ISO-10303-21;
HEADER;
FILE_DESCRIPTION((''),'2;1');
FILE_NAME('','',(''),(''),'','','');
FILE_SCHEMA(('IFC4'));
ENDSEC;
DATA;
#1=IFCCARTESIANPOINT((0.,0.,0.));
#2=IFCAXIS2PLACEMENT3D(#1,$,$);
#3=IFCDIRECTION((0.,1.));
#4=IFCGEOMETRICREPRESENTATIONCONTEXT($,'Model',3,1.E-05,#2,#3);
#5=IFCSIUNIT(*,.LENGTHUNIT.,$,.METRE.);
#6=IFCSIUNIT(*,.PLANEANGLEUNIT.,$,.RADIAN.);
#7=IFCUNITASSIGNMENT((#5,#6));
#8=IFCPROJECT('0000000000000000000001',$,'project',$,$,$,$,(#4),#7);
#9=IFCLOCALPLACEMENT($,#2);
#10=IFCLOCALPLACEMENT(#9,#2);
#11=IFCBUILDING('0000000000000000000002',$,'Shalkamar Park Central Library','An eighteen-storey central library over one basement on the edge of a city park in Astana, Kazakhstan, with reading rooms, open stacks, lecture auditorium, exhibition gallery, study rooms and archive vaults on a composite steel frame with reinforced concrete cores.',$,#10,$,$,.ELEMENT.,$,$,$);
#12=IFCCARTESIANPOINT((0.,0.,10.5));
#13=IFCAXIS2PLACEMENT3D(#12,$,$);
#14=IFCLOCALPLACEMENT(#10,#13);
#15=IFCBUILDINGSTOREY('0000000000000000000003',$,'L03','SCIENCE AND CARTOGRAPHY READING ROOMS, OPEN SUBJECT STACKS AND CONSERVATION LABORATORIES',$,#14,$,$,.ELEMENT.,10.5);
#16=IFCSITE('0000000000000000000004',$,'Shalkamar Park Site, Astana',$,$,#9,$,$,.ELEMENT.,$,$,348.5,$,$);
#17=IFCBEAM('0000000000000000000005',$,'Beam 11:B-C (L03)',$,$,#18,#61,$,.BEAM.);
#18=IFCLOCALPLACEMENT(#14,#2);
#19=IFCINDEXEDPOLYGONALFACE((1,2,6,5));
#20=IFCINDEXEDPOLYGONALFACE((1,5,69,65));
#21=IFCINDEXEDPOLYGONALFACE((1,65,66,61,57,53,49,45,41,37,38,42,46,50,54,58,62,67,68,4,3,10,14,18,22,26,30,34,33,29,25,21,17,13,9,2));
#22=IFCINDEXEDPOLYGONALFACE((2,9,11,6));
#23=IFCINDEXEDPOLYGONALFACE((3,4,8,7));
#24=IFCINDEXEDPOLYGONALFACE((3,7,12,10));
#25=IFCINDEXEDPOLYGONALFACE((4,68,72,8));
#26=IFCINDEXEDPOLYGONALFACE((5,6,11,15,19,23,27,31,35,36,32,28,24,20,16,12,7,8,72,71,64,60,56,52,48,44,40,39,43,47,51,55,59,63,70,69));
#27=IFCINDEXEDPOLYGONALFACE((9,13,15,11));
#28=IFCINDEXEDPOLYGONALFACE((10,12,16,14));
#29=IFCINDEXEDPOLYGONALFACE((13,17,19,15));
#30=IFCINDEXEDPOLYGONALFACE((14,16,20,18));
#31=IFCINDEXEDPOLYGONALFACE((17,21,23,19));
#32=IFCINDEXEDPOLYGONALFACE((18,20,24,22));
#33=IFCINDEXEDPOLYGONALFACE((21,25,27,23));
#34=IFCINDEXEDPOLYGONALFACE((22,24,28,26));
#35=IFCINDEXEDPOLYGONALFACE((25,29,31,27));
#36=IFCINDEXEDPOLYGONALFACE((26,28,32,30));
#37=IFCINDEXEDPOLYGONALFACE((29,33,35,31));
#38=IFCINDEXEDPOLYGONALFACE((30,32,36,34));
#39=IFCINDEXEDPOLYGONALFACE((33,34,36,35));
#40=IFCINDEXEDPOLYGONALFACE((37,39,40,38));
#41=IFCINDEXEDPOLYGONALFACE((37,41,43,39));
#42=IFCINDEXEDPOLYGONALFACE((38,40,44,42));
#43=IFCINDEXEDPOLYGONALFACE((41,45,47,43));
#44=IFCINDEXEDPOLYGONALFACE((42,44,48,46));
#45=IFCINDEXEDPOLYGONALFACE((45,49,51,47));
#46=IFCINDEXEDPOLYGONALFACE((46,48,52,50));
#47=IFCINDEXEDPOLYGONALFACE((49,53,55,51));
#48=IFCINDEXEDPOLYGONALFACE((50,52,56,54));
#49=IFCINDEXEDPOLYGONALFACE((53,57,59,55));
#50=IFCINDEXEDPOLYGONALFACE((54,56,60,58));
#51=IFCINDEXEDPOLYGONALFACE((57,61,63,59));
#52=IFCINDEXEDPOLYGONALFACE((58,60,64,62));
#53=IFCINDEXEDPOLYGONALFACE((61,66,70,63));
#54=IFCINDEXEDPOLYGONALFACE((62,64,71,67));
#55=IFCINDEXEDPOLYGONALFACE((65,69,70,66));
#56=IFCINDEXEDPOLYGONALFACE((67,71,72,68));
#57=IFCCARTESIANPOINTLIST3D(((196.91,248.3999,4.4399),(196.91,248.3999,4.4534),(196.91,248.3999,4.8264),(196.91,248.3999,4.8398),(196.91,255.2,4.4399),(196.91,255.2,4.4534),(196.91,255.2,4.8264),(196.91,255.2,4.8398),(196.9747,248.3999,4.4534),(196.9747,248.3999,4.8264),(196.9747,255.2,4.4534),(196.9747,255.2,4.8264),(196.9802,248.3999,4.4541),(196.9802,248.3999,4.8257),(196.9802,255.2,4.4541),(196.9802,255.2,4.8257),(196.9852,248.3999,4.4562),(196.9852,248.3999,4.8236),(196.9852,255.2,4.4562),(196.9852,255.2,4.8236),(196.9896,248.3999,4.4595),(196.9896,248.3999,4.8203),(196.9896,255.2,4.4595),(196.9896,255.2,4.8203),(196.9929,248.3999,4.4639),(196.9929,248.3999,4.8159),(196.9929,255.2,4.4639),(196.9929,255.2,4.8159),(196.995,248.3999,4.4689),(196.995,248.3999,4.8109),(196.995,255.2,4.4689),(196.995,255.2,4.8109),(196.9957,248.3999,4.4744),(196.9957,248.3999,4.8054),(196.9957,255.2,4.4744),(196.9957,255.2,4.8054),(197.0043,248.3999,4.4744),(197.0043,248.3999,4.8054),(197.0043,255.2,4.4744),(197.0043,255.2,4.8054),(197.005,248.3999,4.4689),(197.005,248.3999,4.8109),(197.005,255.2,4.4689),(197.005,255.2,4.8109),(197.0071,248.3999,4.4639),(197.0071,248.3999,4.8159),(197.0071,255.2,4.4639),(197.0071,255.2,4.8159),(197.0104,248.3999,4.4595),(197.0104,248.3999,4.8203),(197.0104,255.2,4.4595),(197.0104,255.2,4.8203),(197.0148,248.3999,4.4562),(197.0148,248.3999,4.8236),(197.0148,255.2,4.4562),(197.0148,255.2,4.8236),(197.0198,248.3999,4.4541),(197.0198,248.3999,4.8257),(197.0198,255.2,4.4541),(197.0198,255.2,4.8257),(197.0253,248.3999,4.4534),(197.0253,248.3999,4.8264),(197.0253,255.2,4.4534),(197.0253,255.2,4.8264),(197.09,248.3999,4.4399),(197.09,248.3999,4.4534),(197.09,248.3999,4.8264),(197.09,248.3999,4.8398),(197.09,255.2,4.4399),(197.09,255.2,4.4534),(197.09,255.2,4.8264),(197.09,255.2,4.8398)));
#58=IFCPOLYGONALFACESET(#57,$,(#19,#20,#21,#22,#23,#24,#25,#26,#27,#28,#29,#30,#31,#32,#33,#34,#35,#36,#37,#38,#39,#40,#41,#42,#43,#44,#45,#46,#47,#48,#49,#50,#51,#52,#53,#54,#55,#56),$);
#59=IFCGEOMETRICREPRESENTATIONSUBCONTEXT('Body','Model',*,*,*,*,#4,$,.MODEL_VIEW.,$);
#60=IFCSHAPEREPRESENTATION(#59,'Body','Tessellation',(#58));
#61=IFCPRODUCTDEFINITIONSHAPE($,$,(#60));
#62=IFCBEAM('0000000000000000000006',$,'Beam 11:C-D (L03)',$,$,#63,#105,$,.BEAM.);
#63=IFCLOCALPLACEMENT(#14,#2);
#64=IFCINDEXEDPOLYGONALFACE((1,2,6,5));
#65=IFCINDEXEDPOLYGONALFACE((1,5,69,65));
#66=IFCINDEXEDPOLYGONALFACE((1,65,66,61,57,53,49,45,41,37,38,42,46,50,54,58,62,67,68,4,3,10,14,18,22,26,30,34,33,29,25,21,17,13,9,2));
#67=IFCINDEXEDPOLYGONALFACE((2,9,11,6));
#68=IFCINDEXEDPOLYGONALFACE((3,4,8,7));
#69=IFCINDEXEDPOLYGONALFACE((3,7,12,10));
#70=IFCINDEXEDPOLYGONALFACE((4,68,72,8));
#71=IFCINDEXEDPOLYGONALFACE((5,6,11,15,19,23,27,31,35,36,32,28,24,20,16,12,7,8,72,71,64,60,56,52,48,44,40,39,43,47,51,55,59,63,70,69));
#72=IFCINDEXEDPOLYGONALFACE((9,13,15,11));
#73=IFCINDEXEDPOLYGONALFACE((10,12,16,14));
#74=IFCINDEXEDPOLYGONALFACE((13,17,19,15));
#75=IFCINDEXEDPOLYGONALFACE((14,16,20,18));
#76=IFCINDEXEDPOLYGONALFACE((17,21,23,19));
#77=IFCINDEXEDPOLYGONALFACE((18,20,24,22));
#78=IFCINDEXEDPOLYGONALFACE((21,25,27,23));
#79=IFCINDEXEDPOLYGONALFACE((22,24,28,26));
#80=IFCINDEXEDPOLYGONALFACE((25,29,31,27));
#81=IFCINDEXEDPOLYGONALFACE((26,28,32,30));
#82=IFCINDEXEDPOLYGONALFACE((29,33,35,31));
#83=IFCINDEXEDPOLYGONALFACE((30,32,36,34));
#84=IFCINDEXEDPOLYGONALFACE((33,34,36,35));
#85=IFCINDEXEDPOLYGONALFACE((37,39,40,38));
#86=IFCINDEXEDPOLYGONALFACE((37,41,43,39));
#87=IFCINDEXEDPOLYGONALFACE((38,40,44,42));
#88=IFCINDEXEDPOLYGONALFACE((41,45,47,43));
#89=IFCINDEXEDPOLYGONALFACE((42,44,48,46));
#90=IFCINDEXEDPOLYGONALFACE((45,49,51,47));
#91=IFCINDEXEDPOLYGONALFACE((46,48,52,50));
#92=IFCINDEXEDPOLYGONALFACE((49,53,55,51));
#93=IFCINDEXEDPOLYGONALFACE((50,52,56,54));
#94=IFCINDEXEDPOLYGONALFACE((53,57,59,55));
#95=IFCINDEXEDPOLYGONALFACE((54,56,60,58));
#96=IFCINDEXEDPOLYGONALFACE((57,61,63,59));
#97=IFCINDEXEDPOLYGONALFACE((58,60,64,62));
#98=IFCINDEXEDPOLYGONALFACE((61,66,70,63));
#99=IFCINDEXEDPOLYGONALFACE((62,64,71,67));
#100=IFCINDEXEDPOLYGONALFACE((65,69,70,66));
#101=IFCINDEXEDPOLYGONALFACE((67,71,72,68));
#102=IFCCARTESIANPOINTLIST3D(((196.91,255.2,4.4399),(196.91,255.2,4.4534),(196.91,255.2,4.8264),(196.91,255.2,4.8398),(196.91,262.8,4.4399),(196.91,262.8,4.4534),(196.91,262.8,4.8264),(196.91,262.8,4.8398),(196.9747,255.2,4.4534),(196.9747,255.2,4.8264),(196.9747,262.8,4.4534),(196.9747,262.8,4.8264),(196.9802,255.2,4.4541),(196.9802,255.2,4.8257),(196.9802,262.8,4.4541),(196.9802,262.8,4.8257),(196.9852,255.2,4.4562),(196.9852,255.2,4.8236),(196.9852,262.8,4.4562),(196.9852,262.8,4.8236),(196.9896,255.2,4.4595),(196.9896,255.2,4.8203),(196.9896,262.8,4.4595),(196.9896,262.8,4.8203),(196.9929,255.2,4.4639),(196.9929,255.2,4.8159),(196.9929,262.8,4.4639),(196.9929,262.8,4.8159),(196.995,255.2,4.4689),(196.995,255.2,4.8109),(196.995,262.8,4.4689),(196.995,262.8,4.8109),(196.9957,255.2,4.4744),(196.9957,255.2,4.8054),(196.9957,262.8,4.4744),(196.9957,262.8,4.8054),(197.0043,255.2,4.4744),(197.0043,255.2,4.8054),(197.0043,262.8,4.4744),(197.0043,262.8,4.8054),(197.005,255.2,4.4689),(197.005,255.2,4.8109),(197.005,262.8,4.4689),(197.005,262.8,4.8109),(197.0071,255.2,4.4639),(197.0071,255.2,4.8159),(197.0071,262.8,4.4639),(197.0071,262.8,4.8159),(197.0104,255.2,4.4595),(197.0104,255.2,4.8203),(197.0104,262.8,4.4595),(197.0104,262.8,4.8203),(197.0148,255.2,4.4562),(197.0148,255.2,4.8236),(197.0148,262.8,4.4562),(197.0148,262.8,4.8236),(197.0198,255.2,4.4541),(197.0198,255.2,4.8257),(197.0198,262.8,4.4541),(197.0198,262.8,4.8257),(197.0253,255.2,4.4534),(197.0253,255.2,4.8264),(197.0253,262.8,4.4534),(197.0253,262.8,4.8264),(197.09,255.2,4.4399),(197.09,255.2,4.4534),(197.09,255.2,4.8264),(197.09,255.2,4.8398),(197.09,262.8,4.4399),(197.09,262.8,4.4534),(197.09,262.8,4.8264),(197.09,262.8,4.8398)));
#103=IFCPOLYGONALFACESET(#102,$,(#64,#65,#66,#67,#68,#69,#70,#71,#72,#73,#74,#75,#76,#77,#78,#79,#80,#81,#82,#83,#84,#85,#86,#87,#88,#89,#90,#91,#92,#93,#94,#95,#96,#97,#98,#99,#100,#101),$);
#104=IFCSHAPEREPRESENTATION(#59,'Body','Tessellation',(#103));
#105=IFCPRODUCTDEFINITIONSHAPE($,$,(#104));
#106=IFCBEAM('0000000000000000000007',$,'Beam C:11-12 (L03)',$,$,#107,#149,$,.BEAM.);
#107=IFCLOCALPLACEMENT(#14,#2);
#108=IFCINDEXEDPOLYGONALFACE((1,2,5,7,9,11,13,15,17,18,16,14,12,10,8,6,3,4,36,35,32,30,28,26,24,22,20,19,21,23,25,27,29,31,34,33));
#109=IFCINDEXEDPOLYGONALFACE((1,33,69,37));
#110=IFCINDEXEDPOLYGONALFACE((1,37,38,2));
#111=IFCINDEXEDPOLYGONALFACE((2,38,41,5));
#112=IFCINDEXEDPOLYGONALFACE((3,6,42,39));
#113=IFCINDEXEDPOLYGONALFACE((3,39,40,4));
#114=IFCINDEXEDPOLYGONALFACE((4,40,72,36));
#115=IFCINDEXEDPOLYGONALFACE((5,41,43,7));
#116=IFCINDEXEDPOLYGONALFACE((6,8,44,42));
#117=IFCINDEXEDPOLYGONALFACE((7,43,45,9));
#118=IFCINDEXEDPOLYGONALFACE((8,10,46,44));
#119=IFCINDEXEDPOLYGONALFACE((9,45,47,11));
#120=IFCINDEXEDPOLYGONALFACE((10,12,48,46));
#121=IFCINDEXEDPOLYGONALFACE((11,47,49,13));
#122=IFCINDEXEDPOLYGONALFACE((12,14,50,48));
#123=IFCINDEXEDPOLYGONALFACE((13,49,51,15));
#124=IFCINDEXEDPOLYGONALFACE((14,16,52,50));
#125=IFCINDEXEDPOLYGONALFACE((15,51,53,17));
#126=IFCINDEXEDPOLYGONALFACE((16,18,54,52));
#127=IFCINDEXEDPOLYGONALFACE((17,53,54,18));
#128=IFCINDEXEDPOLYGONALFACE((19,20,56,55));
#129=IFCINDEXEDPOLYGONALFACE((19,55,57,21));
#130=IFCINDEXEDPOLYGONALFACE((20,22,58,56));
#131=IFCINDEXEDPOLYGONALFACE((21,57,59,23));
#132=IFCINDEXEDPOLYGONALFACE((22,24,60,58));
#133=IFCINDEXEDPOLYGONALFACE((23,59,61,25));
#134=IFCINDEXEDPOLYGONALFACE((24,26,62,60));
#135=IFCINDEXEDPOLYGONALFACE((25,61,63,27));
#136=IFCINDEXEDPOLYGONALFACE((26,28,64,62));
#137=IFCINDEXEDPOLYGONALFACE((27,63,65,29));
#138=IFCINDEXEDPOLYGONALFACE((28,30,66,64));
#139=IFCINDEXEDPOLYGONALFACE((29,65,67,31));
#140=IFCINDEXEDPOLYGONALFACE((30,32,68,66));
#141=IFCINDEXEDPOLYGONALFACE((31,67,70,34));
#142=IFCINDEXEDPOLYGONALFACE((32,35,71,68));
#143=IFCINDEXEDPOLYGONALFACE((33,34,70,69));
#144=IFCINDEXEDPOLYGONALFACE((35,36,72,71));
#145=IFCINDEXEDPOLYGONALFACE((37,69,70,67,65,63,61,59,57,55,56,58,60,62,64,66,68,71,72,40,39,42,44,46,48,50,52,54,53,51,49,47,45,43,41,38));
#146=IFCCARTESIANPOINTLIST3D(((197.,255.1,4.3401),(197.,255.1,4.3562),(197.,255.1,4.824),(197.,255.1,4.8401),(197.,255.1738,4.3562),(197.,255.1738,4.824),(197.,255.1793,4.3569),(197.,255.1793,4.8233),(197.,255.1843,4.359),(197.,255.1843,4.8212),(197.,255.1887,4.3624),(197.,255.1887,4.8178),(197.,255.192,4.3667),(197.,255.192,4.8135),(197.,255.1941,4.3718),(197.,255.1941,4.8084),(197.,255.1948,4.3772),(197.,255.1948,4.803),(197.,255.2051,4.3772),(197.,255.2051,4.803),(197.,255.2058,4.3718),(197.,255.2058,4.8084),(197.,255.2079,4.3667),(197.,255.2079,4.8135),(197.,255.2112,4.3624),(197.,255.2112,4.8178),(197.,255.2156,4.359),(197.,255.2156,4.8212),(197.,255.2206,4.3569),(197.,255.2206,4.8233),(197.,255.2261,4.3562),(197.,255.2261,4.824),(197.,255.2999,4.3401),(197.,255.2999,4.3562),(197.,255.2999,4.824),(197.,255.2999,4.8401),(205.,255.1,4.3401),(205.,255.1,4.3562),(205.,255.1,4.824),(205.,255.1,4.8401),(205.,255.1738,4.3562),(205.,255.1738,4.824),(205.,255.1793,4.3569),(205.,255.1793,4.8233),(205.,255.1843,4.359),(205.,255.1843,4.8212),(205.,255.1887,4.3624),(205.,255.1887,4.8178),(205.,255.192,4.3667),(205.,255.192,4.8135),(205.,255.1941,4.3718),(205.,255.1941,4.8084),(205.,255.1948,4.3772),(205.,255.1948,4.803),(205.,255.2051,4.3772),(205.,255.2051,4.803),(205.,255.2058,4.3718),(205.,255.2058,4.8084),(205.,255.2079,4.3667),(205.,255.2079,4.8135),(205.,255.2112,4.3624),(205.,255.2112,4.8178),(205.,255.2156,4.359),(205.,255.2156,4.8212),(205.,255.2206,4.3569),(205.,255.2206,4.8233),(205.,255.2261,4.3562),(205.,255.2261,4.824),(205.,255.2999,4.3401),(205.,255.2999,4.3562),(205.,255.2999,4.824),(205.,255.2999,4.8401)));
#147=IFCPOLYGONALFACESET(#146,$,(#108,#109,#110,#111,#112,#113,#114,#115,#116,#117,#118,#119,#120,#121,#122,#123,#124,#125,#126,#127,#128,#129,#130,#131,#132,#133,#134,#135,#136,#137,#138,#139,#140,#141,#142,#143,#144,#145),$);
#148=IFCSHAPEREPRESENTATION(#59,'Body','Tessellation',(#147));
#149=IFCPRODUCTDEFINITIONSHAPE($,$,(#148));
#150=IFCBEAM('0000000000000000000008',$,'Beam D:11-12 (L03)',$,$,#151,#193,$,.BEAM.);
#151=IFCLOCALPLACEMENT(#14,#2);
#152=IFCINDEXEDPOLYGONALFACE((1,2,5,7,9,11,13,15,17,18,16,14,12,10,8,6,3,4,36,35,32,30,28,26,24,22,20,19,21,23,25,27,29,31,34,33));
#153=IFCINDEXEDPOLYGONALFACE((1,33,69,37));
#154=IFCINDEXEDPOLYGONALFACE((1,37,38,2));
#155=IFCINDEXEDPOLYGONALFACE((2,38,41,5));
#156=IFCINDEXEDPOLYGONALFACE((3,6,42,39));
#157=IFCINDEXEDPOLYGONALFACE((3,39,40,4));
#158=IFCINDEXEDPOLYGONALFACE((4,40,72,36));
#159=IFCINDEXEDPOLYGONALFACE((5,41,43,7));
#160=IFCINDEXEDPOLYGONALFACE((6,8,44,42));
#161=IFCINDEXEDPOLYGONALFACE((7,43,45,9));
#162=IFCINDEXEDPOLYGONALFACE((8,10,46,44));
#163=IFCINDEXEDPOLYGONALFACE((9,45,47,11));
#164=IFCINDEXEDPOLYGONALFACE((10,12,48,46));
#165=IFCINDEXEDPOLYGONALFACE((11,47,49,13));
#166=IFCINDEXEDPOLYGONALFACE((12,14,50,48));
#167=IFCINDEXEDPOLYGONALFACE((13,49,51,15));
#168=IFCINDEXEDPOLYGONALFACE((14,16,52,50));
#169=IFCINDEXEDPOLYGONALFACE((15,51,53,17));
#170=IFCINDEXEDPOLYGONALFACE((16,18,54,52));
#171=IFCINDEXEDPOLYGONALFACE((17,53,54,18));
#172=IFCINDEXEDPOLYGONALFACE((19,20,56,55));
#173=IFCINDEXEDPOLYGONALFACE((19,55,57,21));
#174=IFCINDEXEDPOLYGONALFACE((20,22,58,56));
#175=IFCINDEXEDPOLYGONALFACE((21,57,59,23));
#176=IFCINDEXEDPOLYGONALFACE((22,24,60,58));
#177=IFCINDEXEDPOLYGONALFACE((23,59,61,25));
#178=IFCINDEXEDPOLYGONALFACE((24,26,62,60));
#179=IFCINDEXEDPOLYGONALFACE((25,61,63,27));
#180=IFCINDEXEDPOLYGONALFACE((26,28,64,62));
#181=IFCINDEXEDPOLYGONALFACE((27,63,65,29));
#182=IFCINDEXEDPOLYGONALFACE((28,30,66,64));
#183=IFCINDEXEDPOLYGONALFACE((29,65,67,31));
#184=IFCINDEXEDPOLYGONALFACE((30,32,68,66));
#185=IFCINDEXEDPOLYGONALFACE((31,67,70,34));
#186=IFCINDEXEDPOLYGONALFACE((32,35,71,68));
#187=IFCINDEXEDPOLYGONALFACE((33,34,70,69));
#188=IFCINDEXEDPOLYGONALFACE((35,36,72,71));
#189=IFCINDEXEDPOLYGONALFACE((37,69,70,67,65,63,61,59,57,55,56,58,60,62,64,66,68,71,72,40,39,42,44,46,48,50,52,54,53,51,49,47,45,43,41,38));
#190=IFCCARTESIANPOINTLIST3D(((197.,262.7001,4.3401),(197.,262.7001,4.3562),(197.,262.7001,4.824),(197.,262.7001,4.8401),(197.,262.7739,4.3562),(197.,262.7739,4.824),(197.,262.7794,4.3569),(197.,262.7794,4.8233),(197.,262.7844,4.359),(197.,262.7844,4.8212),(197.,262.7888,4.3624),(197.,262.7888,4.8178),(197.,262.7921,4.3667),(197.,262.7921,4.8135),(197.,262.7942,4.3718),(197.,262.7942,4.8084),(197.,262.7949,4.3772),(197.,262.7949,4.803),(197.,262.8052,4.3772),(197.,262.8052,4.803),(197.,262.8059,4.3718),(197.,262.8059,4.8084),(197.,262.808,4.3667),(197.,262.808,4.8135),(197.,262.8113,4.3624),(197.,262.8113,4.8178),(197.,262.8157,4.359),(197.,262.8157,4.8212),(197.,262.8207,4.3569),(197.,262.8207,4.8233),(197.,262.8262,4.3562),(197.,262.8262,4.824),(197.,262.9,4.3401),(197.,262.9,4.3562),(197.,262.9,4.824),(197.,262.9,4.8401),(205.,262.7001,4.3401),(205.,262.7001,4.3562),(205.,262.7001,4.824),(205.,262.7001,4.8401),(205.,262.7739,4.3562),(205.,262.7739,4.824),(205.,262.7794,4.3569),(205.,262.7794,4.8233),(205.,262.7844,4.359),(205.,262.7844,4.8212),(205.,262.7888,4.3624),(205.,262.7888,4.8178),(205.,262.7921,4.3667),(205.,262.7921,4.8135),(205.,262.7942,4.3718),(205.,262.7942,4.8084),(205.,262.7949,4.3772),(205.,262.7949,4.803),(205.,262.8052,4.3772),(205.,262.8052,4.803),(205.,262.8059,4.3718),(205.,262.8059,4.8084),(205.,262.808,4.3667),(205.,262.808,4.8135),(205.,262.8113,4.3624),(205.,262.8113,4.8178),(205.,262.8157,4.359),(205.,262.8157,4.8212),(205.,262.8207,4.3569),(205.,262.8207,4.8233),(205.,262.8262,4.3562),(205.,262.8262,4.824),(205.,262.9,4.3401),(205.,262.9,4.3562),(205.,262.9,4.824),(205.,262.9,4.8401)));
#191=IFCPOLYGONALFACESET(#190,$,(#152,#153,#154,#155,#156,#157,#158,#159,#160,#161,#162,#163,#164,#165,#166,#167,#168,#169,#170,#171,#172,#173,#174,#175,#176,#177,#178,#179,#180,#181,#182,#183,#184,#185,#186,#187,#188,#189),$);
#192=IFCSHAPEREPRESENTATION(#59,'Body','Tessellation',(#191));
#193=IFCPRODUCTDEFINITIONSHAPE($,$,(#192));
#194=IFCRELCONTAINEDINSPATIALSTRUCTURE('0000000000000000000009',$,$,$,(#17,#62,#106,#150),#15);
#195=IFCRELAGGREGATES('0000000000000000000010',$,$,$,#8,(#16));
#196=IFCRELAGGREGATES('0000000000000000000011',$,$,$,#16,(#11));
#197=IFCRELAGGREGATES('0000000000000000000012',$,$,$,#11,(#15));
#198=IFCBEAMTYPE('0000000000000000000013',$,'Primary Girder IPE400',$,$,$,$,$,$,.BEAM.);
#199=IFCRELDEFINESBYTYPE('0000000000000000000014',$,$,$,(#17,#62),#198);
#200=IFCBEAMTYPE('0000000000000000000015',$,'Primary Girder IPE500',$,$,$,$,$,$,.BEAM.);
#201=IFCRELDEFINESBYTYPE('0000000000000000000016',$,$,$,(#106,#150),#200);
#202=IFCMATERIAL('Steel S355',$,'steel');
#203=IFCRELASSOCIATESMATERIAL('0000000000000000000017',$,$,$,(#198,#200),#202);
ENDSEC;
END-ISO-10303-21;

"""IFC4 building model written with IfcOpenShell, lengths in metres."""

from ifc_helpers import new_model, si_unit, direction, frame, origin, origin_2d, place, context, subcontext, project, spatial, i_section, extrude, material, material_profile, profile_set, type_object, element, save


model = new_model("IFC4")

# Units and contexts
model_context = context("Model", 3, precision=1e-05, world=origin(), true_north=direction((0.0, 1.0)))
body_context = subcontext(model_context, "Body", "Model", "MODEL_VIEW")
ifc_project = project(units=[si_unit("LENGTHUNIT", "METRE"), si_unit("PLANEANGLEUNIT", "RADIAN")], contexts=[model_context])

# Site, building, storey
site_placement = place(None, origin())
site = spatial("IfcSite", under=ifc_project, at=site_placement, Name="Shalkamar Park Site, Astana", CompositionType="ELEMENT", RefElevation=348.5)
building_placement = place(site_placement, origin())
building = spatial("IfcBuilding", under=site, at=building_placement, Name="Shalkamar Park Central Library", Description="An eighteen-storey central library over one basement on the edge of a city park in Astana, Kazakhstan, with reading rooms, open stacks, lecture auditorium, exhibition gallery, study rooms and archive vaults on a composite steel frame with reinforced concrete cores.", CompositionType="ELEMENT")
storey_placement = place(building_placement, frame((0.0, 0.0, 10.5)))
storey = spatial("IfcBuildingStorey", under=building, at=storey_placement, Name="L03", Description="SCIENCE AND CARTOGRAPHY READING ROOMS, OPEN SUBJECT STACKS AND CONSERVATION LABORATORIES", CompositionType="ELEMENT", Elevation=10.5)

# Shared definitions
ifc_material_1 = material(Name="Steel S355", Category="steel")

# Beams
ifc_material_profile_1 = material_profile(ifc_material_1, i_section(OverallWidth=0.1799, OverallDepth=0.3999, WebThickness=0.0085, FlangeThickness=0.0134, FilletRadius=0.021, at=origin_2d()), Name="IPE 400")
ifc_profile_set_1 = profile_set([ifc_material_profile_1], Name="Steel S355")
beam_type_1 = type_object("IfcBeamType", Name="Primary Girder IPE400", PredefinedType="BEAM", material=ifc_profile_set_1)
beam_1_placement = place(storey_placement, frame((197.0, 248.3999, 4.6399), z_axis=(0.0, 1.0, 0.0), x_axis=(-1.0, 0.0, 0.0)))
element("IfcBeam", 1, at=beam_1_placement, inside=storey, type_object=beam_type_1, Name="Beam 11:B-C (L03)", PredefinedType="BEAM", context=body_context, shape_type="SweptSolid", body=[
    extrude(i_section(OverallWidth=0.1799, OverallDepth=0.3999, WebThickness=0.0085, FlangeThickness=0.0134, FilletRadius=0.021, at=origin_2d()), origin(), (0.0, 0.0, 1.0), 6.8),
])
beam_2_placement = place(storey_placement, frame((197.0, 255.2, 4.6399), z_axis=(0.0, 1.0, 0.0), x_axis=(-1.0, 0.0, 0.0)))
element("IfcBeam", 2, at=beam_2_placement, inside=storey, type_object=beam_type_1, Name="Beam 11:C-D (L03)", PredefinedType="BEAM", context=body_context, shape_type="SweptSolid", body=[
    extrude(i_section(OverallWidth=0.1799, OverallDepth=0.3999, WebThickness=0.0085, FlangeThickness=0.0134, FilletRadius=0.021, at=origin_2d()), origin(), (0.0, 0.0, 1.0), 7.6001),
])
ifc_material_profile_2 = material_profile(ifc_material_1, i_section(OverallWidth=0.2, OverallDepth=0.5, WebThickness=0.0103, FlangeThickness=0.0161, FilletRadius=0.021, at=origin_2d()), Name="IPE 500")
ifc_profile_set_2 = profile_set([ifc_material_profile_2], Name="Steel S355")
beam_type_2 = type_object("IfcBeamType", Name="Primary Girder IPE500", PredefinedType="BEAM", material=ifc_profile_set_2)
for number, where, z_axis, x_axis, name in (
    (3, (197.0, 255.2, 4.5901), (1.0, 0.0, 0.0), (0.0, 1.0, 0.0), "Beam C:11-12 (L03)"),
    (4, (197.0, 262.8, 4.5901), (1.0, 0.0, 0.0), (0.0, 1.0, 0.0), "Beam D:11-12 (L03)"),
):
    element("IfcBeam", number, at=place(storey_placement, frame(where, z_axis=z_axis, x_axis=x_axis)), inside=storey, type_object=beam_type_2, Name=name, PredefinedType="BEAM", context=body_context, shape_type="SweptSolid", body=[
        extrude(i_section(OverallWidth=0.2, OverallDepth=0.5, WebThickness=0.0103, FlangeThickness=0.0161, FilletRadius=0.021, at=origin_2d()), origin(), (0.0, 0.0, 1.0), 8.0),
    ])

save(model, "model.ifc")
